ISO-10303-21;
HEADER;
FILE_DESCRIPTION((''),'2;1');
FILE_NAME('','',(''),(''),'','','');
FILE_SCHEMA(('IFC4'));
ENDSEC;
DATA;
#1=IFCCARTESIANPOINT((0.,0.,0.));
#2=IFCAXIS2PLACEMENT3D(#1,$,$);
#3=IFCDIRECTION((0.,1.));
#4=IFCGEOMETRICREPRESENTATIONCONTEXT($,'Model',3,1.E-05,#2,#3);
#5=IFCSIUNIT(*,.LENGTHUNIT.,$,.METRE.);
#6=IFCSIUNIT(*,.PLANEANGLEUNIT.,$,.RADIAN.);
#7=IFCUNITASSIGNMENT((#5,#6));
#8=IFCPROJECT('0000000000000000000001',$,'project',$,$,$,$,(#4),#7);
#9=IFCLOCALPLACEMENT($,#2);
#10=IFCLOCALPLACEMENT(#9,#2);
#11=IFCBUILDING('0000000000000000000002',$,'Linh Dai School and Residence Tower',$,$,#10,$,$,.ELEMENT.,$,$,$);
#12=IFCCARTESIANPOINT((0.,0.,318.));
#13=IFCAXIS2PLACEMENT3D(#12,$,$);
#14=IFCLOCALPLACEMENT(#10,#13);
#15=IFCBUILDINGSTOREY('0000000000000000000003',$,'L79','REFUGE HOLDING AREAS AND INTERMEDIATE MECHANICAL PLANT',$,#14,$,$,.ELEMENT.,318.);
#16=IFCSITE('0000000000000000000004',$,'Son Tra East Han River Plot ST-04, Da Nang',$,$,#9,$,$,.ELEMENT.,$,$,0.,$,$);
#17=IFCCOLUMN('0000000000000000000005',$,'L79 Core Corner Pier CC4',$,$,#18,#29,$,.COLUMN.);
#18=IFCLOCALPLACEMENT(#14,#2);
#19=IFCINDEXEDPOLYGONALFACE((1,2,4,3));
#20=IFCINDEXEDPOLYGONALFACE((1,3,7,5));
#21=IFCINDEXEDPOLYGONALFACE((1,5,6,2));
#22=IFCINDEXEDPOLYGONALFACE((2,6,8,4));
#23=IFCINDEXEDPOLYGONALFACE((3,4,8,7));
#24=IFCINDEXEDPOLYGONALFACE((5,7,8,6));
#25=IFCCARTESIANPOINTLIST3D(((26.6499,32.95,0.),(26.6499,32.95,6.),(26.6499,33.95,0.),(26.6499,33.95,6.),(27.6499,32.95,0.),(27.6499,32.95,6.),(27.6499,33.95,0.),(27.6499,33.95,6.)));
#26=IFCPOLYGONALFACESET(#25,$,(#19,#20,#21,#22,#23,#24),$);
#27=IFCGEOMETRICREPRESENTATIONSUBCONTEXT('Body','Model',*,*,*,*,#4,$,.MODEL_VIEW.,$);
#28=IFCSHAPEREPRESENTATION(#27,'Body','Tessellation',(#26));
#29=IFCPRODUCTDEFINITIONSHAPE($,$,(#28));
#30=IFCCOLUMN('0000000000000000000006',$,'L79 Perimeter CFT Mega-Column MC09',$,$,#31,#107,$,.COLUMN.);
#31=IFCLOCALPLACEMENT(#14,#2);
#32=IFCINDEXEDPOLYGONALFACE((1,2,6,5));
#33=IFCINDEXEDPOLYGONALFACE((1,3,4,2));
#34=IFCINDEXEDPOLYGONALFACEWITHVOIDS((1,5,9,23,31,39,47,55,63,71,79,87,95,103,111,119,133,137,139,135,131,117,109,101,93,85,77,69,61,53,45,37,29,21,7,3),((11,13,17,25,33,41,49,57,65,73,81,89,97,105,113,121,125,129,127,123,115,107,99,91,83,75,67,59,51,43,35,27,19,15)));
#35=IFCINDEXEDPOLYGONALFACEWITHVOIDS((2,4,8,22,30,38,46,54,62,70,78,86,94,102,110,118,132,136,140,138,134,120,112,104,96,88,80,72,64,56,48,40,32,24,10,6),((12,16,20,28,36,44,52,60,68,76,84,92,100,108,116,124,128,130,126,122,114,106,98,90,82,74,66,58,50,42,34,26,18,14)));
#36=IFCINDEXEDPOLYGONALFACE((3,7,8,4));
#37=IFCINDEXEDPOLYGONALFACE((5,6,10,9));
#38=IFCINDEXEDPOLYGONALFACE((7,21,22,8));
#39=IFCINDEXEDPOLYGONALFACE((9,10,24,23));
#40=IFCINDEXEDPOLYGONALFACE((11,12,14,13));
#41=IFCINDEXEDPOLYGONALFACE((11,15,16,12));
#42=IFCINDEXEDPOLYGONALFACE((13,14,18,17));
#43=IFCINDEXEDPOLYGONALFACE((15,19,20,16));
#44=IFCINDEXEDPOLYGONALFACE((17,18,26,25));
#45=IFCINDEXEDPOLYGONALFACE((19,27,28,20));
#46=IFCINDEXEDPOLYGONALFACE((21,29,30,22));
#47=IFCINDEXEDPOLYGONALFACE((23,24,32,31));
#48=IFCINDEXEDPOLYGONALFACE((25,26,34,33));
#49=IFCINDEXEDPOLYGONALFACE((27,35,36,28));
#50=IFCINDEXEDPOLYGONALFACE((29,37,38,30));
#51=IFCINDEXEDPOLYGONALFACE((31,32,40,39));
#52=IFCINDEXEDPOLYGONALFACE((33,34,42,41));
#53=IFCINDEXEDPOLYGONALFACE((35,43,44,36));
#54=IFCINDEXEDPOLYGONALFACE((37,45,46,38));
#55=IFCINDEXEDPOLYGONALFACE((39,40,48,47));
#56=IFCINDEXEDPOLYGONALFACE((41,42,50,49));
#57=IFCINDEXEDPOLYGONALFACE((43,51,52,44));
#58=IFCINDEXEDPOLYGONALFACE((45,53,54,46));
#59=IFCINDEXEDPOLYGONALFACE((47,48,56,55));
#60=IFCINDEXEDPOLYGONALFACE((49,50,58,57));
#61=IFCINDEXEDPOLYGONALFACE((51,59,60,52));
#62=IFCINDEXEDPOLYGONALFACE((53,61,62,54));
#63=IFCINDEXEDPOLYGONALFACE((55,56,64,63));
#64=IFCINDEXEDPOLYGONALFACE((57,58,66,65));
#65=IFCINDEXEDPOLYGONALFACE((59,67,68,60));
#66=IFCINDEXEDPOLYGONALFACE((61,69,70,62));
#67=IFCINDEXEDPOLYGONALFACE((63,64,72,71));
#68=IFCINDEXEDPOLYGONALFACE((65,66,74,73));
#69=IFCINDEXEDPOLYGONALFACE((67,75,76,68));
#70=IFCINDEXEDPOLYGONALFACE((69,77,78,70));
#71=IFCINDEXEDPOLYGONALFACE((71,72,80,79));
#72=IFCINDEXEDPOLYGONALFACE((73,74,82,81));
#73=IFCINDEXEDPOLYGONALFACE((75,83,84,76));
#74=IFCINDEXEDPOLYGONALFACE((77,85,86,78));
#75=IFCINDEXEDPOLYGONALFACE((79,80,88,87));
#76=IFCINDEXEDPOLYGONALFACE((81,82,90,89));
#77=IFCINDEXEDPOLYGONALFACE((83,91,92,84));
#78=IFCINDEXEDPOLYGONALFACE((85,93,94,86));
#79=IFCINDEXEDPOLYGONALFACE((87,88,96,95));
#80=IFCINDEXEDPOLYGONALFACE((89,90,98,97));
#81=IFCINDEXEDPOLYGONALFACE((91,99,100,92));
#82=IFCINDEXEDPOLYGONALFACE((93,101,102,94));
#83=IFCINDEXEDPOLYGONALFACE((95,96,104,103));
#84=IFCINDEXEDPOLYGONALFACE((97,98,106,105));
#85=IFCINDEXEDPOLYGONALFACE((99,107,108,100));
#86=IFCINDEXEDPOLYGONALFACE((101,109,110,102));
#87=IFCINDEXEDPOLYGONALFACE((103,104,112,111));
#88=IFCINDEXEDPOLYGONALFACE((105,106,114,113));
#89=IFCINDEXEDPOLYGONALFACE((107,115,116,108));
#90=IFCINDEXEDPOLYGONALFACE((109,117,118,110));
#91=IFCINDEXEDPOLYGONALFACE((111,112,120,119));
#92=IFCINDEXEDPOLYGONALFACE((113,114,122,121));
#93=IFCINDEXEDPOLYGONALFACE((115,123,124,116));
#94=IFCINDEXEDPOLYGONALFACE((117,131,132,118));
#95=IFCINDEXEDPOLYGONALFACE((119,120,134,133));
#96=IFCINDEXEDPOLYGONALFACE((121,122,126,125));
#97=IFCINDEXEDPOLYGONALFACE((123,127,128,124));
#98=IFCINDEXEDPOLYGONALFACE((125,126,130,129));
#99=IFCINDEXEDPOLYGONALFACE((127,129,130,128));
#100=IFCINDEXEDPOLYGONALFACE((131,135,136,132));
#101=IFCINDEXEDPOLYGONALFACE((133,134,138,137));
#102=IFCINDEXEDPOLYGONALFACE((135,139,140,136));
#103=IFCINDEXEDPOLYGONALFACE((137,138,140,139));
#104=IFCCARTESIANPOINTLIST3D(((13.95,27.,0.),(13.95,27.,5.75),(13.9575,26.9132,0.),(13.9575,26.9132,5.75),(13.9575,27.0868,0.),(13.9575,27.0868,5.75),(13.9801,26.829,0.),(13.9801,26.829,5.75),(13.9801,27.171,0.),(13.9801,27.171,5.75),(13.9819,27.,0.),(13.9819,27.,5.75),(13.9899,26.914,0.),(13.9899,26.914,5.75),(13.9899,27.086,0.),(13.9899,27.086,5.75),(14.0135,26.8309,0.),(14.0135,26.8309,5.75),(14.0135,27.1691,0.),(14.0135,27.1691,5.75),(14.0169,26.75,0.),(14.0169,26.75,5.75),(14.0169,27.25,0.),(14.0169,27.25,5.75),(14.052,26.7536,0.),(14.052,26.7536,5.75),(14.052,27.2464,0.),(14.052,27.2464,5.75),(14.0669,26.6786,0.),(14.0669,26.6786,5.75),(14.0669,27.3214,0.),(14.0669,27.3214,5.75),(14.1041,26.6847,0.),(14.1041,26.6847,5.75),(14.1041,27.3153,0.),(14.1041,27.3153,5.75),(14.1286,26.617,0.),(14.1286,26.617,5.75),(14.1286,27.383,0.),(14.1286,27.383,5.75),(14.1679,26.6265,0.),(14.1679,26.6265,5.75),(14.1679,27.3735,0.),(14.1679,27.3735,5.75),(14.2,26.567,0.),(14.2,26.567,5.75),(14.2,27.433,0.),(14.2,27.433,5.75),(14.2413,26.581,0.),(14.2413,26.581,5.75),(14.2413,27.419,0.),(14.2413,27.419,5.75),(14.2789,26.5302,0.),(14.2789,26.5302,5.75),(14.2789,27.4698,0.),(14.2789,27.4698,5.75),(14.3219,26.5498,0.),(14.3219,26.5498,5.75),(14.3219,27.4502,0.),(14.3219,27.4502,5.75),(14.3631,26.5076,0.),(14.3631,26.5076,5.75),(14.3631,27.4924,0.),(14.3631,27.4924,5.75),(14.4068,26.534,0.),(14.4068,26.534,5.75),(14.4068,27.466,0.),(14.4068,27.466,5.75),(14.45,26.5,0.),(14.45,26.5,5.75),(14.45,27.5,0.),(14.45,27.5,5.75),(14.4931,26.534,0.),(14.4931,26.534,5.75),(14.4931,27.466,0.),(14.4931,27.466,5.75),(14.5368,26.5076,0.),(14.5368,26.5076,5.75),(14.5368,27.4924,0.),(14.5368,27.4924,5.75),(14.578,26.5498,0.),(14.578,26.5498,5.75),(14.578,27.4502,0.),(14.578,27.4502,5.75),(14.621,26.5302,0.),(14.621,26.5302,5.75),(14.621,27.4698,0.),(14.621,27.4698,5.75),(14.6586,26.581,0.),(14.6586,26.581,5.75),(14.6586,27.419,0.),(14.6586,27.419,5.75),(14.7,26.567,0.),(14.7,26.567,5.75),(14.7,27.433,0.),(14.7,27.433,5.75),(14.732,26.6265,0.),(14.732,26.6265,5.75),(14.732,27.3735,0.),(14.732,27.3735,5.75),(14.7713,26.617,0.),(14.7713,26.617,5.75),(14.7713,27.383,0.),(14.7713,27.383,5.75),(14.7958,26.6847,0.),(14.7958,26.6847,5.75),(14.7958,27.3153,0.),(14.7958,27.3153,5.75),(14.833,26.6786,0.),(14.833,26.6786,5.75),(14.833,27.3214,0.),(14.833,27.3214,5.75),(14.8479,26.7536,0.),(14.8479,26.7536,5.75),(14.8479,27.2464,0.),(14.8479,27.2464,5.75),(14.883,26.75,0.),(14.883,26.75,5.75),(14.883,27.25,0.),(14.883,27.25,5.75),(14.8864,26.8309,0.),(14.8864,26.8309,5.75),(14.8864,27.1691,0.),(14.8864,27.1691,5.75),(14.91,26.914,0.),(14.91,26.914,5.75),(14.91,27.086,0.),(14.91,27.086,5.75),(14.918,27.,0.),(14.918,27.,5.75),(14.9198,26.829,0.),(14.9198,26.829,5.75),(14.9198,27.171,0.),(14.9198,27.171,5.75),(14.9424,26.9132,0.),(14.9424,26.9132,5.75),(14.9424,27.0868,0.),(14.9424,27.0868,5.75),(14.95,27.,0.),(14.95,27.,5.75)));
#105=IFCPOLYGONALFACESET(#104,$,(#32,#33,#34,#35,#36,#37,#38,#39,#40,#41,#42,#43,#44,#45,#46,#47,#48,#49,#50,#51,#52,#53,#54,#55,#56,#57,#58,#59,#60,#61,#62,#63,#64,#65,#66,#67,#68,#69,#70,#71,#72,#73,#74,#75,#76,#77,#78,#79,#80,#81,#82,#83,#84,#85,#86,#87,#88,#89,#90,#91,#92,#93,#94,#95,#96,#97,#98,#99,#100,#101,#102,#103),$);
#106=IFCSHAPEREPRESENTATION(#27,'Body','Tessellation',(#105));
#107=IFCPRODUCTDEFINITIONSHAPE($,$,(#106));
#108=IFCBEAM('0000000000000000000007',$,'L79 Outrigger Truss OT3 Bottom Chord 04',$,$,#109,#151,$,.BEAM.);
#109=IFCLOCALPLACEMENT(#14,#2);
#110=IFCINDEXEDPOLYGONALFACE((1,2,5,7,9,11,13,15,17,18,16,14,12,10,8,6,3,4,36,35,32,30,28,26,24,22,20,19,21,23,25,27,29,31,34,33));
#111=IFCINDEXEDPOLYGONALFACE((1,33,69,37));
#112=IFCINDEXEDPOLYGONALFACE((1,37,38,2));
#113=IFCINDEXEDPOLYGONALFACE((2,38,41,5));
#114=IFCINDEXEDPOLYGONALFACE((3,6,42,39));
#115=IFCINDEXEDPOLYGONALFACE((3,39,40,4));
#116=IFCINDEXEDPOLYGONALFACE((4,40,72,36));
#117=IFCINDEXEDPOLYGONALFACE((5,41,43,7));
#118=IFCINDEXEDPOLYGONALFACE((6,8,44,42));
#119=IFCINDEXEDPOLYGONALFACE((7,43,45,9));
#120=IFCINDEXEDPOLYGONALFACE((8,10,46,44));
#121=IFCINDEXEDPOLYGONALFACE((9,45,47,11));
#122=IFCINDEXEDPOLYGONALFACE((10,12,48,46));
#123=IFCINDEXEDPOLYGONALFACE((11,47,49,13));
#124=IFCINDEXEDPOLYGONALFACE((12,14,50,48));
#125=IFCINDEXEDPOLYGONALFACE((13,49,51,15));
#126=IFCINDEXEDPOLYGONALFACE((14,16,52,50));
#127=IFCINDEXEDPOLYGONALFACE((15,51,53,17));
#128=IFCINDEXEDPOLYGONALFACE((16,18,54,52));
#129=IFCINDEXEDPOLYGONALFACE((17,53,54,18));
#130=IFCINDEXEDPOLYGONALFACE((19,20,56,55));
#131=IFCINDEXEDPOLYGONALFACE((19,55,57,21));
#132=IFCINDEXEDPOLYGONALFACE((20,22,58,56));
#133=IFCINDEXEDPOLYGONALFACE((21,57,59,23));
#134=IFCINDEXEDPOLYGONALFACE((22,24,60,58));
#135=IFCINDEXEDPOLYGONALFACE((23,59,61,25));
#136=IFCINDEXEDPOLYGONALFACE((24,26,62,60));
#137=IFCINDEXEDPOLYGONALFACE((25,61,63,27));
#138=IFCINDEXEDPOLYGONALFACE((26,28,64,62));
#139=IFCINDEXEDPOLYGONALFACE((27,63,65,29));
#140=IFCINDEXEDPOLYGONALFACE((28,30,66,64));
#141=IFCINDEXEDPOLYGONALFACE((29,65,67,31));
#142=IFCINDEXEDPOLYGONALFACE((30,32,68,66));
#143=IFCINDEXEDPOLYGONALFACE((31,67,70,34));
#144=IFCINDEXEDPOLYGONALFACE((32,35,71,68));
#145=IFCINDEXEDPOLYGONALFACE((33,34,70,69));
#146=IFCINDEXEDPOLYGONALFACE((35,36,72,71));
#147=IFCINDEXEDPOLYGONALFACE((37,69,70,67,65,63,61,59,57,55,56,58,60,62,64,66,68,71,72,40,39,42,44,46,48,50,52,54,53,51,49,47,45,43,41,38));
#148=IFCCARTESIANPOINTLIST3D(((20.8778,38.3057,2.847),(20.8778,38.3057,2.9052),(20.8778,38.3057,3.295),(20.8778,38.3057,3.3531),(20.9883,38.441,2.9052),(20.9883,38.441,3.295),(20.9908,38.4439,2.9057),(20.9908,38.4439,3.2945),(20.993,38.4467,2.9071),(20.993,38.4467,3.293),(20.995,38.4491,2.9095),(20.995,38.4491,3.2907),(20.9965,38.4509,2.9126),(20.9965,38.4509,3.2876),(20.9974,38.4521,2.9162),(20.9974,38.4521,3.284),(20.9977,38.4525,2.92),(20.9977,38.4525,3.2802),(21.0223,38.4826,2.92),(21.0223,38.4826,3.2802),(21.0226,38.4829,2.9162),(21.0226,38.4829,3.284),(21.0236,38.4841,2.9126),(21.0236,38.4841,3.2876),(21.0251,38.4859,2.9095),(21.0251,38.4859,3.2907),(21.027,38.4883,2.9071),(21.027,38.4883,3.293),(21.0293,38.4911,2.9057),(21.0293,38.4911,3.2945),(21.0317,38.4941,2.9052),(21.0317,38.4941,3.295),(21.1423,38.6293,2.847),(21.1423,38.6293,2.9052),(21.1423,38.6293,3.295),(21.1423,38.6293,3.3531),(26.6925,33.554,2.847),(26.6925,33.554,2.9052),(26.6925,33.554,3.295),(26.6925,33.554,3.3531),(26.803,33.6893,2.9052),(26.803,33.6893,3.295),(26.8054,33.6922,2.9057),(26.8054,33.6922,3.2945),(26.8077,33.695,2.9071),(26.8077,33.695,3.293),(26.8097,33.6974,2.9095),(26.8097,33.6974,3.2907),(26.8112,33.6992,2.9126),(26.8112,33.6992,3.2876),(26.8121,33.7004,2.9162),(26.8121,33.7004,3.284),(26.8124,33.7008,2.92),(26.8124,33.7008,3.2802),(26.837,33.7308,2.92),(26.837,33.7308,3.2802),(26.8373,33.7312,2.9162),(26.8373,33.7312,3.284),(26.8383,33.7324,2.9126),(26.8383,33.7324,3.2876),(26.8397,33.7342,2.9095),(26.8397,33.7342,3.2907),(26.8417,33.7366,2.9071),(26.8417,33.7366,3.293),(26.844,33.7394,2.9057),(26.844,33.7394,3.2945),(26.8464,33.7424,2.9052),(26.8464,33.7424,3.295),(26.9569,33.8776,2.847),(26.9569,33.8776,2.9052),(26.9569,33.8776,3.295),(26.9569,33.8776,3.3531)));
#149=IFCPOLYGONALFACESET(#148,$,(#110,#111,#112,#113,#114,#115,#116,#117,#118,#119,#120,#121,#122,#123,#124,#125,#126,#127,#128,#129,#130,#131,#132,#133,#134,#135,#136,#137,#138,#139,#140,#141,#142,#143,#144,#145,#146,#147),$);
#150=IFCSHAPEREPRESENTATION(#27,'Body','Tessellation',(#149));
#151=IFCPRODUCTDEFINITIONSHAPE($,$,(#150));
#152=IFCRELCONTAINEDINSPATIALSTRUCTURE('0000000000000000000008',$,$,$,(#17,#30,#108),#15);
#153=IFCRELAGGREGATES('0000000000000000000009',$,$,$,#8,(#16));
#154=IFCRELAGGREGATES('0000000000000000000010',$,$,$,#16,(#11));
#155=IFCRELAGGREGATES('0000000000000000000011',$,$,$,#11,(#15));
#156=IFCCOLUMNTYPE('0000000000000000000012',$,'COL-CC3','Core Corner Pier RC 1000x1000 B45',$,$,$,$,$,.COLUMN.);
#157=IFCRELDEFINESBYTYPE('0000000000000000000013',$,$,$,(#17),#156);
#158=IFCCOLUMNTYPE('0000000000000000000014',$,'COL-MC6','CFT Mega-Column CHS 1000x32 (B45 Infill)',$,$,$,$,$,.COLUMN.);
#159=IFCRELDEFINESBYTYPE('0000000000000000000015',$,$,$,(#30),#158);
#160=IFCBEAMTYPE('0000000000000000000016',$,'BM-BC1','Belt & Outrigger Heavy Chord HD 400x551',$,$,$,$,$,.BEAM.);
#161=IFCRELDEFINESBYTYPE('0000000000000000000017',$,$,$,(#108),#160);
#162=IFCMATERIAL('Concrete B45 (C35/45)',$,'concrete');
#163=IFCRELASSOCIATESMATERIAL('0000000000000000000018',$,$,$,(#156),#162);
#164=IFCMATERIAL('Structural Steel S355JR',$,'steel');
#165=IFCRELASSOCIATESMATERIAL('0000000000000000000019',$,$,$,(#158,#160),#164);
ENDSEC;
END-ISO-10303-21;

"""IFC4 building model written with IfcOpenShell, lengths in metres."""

from ifc_helpers import new_model, si_unit, direction, frame, origin, origin_2d, place, context, subcontext, project, spatial, rectangle, hollow_circle, i_section, extrude, material, material_profile, profile_set, type_object, element, save


model = new_model("IFC4")

# Units and contexts
model_context = context("Model", 3, precision=1e-05, world=origin(), true_north=direction((0.0, 1.0)))
body_context = subcontext(model_context, "Body", "Model", "MODEL_VIEW")
ifc_project = project(units=[si_unit("LENGTHUNIT", "METRE"), si_unit("PLANEANGLEUNIT", "RADIAN")], contexts=[model_context])

# Site, building, storey
site_placement = place(None, origin())
site = spatial("IfcSite", under=ifc_project, at=site_placement, Name="Son Tra East Han River Plot ST-04, Da Nang", CompositionType="ELEMENT", RefElevation=0.0)
building_placement = place(site_placement, origin())
building = spatial("IfcBuilding", under=site, at=building_placement, Name="Linh Dai School and Residence Tower", CompositionType="ELEMENT")
storey_placement = place(building_placement, frame((0.0, 0.0, 318.0)))
storey = spatial("IfcBuildingStorey", under=building, at=storey_placement, Name="L79", Description="REFUGE HOLDING AREAS AND INTERMEDIATE MECHANICAL PLANT", CompositionType="ELEMENT", Elevation=318.0)

# Columns
ifc_material_1 = material(Name="Concrete B45 (C35/45)", Category="concrete")
ifc_material_profile_1 = material_profile(ifc_material_1, rectangle(XDim=1.0, YDim=1.0, at=origin_2d()), Name="RC 1000x1000")
ifc_profile_set_1 = profile_set([ifc_material_profile_1], Name="Concrete B45 (C35/45)")
column_type_1 = type_object("IfcColumnType", Name="COL-CC3", Description="Core Corner Pier RC 1000x1000 B45", PredefinedType="COLUMN", material=ifc_profile_set_1)
column_1_placement = place(storey_placement, frame((27.1499, 33.45, 0.0), z_axis=(0.0, 0.0, 1.0), x_axis=(1.0, 0.0, 0.0)))
element("IfcColumn", 1, at=column_1_placement, inside=storey, type_object=column_type_1, Name="L79 Core Corner Pier CC4", PredefinedType="COLUMN", context=body_context, shape_type="SweptSolid", body=[
    extrude(rectangle(XDim=1.0, YDim=1.0, at=origin_2d()), origin(), (0.0, 0.0, 1.0), 6.0),
])
ifc_material_2 = material(Name="Structural Steel S355JR", Category="steel")
ifc_material_profile_2 = material_profile(ifc_material_2, hollow_circle(Radius=0.5, WallThickness=0.032, at=origin_2d()), Name="CHS 1000x32")
ifc_profile_set_2 = profile_set([ifc_material_profile_2], Name="Structural Steel S355JR")
column_type_2 = type_object("IfcColumnType", Name="COL-MC6", Description="CFT Mega-Column CHS 1000x32 (B45 Infill)", PredefinedType="COLUMN", material=ifc_profile_set_2)
column_2_placement = place(storey_placement, frame((14.45, 27.0, 0.0), z_axis=(0.0, 0.0, 1.0), x_axis=(1.0, 0.0, 0.0)))
element("IfcColumn", 2, at=column_2_placement, inside=storey, type_object=column_type_2, Name="L79 Perimeter CFT Mega-Column MC09", PredefinedType="COLUMN", context=body_context, shape_type="SweptSolid", body=[
    extrude(hollow_circle(Radius=0.5, WallThickness=0.032, at=origin_2d()), origin(), (0.0, 0.0, 1.0), 5.75),
])

# Beam
ifc_material_profile_3 = material_profile(ifc_material_2, i_section(OverallWidth=0.418, OverallDepth=0.5061, WebThickness=0.0388, FlangeThickness=0.0581, FilletRadius=0.0149, at=origin_2d()), Name="HD 400x551")
ifc_profile_set_3 = profile_set([ifc_material_profile_3], Name="Structural Steel S355JR")
beam_type_1 = type_object("IfcBeamType", Name="BM-BC1", Description="Belt & Outrigger Heavy Chord HD 400x551", PredefinedType="BEAM", material=ifc_profile_set_3)
beam_1_placement = place(storey_placement, frame((26.8247, 33.7158, 3.1001), z_axis=(-0.774334, 0.632777, 0.0), x_axis=(-0.632777, -0.774334, 0.0)))
element("IfcBeam", 3, at=beam_1_placement, inside=storey, type_object=beam_type_1, Name="L79 Outrigger Truss OT3 Bottom Chord 04", PredefinedType="BEAM", context=body_context, shape_type="SweptSolid", body=[
    extrude(i_section(OverallWidth=0.418, OverallDepth=0.5061, WebThickness=0.0388, FlangeThickness=0.0581, FilletRadius=0.0149, at=origin_2d()), origin(), (0.0, 0.0, 1.0), 7.5093),
])

save(model, "model.ifc")
